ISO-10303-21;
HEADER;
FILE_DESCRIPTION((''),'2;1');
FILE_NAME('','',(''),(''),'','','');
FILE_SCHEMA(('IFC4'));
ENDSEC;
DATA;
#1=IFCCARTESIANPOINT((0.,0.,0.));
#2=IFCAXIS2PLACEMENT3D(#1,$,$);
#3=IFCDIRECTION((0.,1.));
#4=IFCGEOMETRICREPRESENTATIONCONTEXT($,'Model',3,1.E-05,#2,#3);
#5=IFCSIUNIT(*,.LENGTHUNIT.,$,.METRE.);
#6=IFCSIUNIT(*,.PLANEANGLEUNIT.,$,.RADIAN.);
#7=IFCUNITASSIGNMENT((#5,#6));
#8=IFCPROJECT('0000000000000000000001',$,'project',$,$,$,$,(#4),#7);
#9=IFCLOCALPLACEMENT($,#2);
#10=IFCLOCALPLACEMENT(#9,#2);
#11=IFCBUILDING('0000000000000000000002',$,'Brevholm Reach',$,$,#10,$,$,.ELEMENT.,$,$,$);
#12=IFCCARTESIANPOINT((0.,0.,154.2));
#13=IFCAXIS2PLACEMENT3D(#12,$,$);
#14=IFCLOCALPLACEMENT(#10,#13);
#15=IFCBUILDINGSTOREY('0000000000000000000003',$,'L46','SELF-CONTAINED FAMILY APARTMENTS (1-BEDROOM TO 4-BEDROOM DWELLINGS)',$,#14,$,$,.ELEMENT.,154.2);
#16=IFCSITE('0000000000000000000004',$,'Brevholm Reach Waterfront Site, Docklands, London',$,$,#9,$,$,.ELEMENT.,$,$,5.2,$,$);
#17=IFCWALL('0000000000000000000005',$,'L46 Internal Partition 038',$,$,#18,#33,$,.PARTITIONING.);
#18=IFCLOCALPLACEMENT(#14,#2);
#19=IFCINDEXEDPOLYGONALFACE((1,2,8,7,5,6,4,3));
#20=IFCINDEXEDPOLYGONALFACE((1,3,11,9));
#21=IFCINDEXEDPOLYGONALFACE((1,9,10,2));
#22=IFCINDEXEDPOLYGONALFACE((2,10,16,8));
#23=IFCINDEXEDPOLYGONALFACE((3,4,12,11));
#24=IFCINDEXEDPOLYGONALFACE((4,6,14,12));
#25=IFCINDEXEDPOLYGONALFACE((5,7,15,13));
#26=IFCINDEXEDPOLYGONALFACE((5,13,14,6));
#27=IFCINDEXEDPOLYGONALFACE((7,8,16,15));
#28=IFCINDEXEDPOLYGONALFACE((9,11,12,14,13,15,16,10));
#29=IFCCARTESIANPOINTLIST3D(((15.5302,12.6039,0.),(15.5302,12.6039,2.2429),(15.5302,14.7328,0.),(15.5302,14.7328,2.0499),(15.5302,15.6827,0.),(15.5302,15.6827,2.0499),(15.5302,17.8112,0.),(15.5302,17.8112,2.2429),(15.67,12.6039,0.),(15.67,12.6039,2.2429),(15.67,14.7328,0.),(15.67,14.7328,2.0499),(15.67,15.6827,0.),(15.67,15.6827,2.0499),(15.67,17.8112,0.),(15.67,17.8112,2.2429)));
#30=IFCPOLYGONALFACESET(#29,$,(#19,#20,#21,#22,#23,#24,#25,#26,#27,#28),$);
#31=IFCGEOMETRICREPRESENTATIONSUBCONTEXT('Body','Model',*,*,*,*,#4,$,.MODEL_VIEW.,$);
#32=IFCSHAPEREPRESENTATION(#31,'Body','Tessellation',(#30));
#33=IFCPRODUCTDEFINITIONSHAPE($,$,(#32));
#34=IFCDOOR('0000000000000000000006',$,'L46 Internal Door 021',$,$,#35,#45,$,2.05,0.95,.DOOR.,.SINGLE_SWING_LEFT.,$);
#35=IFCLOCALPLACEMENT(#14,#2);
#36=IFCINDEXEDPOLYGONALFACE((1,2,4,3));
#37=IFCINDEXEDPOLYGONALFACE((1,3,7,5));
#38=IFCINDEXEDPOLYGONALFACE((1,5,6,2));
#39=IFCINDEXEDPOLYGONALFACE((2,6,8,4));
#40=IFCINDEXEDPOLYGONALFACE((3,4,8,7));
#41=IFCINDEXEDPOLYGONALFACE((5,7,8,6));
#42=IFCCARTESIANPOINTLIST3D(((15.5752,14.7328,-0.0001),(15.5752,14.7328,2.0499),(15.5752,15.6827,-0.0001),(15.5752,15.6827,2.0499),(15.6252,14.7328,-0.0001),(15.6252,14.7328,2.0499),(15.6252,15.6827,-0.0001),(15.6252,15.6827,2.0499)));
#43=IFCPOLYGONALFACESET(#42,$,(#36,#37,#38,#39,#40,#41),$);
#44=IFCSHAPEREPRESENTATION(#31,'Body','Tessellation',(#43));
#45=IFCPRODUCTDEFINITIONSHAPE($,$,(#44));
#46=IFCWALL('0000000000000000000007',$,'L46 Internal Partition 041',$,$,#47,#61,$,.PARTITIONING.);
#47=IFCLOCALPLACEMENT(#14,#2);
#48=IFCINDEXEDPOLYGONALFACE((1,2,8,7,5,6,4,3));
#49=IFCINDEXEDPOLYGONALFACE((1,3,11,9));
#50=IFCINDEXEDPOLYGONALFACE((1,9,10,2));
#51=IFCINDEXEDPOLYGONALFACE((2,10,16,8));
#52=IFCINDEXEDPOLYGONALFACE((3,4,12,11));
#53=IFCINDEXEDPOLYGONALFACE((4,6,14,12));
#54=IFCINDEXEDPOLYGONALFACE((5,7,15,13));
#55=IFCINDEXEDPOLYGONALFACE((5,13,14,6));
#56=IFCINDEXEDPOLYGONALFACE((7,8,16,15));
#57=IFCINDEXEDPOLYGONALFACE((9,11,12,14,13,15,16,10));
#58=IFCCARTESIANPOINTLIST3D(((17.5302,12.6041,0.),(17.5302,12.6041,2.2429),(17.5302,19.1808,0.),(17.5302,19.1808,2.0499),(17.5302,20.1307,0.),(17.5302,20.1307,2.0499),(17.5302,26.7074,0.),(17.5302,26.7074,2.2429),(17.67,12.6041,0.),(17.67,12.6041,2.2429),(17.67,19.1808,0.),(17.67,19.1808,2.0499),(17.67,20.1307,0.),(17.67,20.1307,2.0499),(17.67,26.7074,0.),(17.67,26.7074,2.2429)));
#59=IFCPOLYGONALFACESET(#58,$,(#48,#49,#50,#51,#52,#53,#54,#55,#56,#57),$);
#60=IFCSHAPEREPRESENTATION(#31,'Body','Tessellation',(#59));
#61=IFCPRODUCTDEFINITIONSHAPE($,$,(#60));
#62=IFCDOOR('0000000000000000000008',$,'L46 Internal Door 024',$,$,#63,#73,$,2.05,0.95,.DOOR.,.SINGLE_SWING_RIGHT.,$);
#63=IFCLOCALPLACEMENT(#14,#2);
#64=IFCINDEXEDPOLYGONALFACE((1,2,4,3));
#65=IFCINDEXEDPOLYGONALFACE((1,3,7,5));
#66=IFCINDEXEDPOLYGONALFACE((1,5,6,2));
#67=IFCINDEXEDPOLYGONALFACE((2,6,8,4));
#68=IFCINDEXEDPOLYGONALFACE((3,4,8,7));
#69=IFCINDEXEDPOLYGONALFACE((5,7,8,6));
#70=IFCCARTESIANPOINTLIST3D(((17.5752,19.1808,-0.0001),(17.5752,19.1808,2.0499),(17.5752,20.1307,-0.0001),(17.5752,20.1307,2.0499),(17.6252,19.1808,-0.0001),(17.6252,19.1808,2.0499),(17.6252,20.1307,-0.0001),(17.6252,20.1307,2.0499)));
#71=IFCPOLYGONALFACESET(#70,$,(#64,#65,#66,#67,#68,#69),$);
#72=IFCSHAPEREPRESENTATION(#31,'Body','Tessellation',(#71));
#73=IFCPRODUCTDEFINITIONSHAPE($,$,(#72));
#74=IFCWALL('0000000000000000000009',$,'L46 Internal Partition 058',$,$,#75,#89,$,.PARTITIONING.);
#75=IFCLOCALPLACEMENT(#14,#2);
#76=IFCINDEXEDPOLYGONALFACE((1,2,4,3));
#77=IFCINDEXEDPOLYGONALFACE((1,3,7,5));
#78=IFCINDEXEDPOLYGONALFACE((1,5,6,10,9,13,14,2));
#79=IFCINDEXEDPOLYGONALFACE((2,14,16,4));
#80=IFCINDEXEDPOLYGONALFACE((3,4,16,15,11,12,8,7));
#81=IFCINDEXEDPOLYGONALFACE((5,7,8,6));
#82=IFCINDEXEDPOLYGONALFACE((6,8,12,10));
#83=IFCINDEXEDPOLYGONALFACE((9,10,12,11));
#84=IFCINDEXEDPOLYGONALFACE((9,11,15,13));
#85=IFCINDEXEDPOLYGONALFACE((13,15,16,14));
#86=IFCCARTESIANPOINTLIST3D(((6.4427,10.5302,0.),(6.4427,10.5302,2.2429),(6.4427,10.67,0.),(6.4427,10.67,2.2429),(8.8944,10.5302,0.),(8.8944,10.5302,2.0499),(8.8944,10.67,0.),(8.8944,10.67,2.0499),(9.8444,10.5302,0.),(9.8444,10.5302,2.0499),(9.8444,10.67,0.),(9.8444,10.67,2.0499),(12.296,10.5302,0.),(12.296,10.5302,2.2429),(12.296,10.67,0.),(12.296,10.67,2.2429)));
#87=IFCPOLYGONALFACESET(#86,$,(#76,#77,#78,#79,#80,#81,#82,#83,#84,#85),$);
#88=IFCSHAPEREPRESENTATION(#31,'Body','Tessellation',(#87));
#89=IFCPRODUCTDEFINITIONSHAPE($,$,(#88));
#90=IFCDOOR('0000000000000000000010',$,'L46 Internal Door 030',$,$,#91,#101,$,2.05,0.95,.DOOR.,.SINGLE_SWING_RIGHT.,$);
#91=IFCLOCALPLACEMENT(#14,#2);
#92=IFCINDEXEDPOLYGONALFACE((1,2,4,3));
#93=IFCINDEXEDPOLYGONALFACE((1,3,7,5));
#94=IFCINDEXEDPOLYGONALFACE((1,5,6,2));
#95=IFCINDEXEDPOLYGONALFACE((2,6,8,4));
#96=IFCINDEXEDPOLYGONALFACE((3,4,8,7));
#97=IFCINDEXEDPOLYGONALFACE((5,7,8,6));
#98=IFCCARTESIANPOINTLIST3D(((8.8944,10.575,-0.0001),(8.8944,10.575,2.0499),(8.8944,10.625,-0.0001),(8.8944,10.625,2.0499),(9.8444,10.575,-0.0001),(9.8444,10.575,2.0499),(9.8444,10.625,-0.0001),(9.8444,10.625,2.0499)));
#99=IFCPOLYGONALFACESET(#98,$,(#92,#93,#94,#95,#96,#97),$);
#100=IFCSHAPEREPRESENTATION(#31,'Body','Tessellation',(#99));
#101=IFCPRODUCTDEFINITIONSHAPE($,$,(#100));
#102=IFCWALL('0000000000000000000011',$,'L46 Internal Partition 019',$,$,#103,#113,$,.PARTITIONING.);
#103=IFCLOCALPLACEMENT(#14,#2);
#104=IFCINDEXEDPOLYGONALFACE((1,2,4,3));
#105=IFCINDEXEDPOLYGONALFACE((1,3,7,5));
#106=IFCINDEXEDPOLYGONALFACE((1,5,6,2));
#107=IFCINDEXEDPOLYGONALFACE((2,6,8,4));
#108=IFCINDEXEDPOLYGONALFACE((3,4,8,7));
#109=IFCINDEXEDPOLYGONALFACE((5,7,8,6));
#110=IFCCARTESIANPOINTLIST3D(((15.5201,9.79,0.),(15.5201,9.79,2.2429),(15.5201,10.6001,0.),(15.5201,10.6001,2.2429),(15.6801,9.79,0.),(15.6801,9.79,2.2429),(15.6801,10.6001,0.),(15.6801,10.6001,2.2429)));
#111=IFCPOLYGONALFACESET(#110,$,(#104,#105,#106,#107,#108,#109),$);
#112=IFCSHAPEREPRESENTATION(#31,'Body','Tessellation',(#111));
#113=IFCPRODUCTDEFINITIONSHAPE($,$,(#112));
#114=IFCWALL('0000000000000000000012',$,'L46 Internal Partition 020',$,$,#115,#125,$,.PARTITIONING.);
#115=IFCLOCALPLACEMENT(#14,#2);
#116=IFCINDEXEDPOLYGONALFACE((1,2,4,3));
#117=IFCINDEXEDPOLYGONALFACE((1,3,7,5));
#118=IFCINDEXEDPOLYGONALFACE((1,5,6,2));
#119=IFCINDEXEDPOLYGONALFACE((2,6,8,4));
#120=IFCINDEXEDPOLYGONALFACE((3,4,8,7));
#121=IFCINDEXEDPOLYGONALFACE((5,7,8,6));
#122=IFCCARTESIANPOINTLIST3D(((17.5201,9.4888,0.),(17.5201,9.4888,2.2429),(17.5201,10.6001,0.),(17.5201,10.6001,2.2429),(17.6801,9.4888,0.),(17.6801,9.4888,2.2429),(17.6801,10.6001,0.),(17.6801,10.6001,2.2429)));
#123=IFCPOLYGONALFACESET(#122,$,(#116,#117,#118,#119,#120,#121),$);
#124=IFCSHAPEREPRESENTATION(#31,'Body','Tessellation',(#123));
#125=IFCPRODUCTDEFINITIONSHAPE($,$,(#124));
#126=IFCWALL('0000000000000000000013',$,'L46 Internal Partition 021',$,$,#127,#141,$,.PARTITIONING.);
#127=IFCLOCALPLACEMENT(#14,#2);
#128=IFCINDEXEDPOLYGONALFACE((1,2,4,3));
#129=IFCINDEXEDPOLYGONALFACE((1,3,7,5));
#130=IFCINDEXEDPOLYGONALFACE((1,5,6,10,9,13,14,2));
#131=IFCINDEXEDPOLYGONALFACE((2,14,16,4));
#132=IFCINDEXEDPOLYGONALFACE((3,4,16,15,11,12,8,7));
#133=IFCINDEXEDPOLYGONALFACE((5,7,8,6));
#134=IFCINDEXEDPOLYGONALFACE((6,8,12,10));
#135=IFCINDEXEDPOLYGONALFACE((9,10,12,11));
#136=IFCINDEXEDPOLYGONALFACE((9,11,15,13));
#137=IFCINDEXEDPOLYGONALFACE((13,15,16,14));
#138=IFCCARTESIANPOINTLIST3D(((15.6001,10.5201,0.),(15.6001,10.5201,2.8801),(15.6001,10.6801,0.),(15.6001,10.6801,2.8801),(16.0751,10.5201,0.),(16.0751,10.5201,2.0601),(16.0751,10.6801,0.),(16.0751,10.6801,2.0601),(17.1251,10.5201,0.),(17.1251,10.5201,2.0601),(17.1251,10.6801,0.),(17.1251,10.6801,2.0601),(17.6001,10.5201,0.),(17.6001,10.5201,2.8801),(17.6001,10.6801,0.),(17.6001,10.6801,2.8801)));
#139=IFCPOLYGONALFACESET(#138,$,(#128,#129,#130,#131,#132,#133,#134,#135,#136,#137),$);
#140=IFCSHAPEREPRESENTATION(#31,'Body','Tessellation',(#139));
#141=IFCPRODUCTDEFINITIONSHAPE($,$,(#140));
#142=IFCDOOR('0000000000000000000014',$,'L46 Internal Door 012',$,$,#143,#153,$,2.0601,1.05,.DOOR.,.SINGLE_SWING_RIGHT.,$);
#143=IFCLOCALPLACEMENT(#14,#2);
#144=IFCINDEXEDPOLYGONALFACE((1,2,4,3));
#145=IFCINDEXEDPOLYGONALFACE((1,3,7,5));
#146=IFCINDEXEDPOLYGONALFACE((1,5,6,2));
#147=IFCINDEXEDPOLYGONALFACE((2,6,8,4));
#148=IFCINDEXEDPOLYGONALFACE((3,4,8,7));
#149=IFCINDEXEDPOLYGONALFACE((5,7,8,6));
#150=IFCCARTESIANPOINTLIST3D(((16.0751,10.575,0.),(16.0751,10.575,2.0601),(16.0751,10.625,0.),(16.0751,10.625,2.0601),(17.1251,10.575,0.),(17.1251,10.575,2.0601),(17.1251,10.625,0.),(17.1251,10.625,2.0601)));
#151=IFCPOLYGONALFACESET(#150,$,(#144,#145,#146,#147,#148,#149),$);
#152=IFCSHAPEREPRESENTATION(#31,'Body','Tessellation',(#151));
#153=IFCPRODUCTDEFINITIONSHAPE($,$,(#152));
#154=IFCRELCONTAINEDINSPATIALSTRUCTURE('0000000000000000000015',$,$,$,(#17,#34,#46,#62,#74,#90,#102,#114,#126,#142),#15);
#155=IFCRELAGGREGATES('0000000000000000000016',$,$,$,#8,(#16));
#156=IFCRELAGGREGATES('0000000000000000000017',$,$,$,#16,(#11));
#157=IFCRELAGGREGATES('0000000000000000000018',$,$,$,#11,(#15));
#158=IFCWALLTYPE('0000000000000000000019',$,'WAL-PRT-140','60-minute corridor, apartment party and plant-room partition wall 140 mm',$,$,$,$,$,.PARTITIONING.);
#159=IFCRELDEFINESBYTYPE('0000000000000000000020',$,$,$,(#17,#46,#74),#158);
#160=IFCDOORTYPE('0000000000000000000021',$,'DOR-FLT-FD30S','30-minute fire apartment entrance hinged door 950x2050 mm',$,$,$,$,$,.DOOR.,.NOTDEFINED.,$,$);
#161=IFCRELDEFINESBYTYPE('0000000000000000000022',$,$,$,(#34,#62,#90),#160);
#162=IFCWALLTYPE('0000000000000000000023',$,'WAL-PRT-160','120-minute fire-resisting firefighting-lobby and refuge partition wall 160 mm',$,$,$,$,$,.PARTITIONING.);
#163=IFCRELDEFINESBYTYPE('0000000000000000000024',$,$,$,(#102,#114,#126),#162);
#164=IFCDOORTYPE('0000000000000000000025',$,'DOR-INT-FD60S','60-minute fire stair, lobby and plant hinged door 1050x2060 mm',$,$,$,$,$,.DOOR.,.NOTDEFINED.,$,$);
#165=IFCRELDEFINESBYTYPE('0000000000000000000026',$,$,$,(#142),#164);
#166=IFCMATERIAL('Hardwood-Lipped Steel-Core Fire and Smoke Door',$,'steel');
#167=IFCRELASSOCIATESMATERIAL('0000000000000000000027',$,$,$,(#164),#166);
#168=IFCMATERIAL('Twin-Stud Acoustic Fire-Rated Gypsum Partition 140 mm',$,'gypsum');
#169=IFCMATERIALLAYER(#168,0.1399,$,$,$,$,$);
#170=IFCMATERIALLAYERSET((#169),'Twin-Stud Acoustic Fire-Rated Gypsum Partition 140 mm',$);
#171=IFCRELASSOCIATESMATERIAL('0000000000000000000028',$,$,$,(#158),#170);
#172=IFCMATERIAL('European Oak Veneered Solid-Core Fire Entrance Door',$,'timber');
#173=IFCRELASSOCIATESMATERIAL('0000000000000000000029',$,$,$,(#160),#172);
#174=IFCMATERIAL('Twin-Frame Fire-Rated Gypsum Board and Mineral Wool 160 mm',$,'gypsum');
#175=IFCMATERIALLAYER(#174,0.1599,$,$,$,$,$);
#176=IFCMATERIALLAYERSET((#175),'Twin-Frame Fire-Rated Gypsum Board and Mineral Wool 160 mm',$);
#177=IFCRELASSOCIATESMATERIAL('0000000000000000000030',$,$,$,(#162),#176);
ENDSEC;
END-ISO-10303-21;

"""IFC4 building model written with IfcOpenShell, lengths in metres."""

from ifc_helpers import new_model, si_unit, direction, frame, frame_2d, origin, place, context, subcontext, project, spatial, rectangle, extrude, material, layer, layer_set, type_object, element, fill, save


model = new_model("IFC4")

# Units and contexts
model_context = context("Model", 3, precision=1e-05, world=origin(), true_north=direction((0.0, 1.0)))
body_context = subcontext(model_context, "Body", "Model", "MODEL_VIEW")
ifc_project = project(units=[si_unit("LENGTHUNIT", "METRE"), si_unit("PLANEANGLEUNIT", "RADIAN")], contexts=[model_context])

# Site, building, storey
site_placement = place(None, origin())
site = spatial("IfcSite", under=ifc_project, at=site_placement, Name="Brevholm Reach Waterfront Site, Docklands, London", CompositionType="ELEMENT", RefElevation=5.2)
building_placement = place(site_placement, origin())
building = spatial("IfcBuilding", under=site, at=building_placement, Name="Brevholm Reach", CompositionType="ELEMENT")
storey_placement = place(building_placement, frame((0.0, 0.0, 154.2)))
storey = spatial("IfcBuildingStorey", under=building, at=storey_placement, Name="L46", Description="SELF-CONTAINED FAMILY APARTMENTS (1-BEDROOM TO 4-BEDROOM DWELLINGS)", CompositionType="ELEMENT", Elevation=154.2)

# Shared definitions
ifc_material_1 = material(Name="Hardwood-Lipped Steel-Core Fire and Smoke Door", Category="steel")
door_type_1 = type_object("IfcDoorType", Name="DOR-INT-FD60S", Description="60-minute fire stair, lobby and plant hinged door 1050x2060 mm", OperationType="NOTDEFINED", PredefinedType="DOOR", material=ifc_material_1)

# Walls, openings, doors
ifc_material_2 = material(Name="Twin-Stud Acoustic Fire-Rated Gypsum Partition 140 mm", Category="gypsum")
ifc_layer_1 = layer(ifc_material_2, 0.1399)
ifc_layer_set_1 = layer_set([ifc_layer_1], Name="Twin-Stud Acoustic Fire-Rated Gypsum Partition 140 mm")
wall_type_1 = type_object("IfcWallType", Name="WAL-PRT-140", Description="60-minute corridor, apartment party and plant-room partition wall 140 mm", PredefinedType="PARTITIONING", material=ifc_layer_set_1)
wall_1_placement = place(storey_placement, frame((15.6001, 12.604, 0.0), z_axis=(0.0, 0.0, 1.0), x_axis=(0.0, 1.0, 0.0)))
wall_1 = element("IfcWall", 1, at=wall_1_placement, inside=storey, type_object=wall_type_1, Name="L46 Internal Partition 038", PredefinedType="PARTITIONING", context=body_context, shape_type="SweptSolid", body=[
    extrude(rectangle(XDim=5.2073, YDim=0.1399, at=frame_2d((2.6035, 0.0))), origin(), (0.0, 0.0, 1.0), 2.2429),
])
opening_1_placement = place(wall_1_placement, frame((2.1287, 0.0, 0.0)))
opening_1 = element("IfcOpeningElement", 2, at=opening_1_placement, cuts=wall_1, PredefinedType="OPENING", context=body_context, shape_type="SweptSolid", body=[
    extrude(rectangle(XDim=0.95, YDim=2.05, at=frame_2d((0.4751, 1.0249))), frame((0.0, 0.0798, 0.0), z_axis=(0.0, -1.0, 0.0), x_axis=(1.0, 0.0, 0.0)), (0.0, 0.0, 1.0), 0.1599),
])
ifc_material_3 = material(Name="European Oak Veneered Solid-Core Fire Entrance Door", Category="timber")
door_type_2 = type_object("IfcDoorType", Name="DOR-FLT-FD30S", Description="30-minute fire apartment entrance hinged door 950x2050 mm", OperationType="NOTDEFINED", PredefinedType="DOOR", material=ifc_material_3)
door_1_placement = place(opening_1_placement, origin())
door_1 = element("IfcDoor", 3, at=door_1_placement, inside=storey, type_object=door_type_2, Name="L46 Internal Door 021", OperationType="SINGLE_SWING_LEFT", OverallHeight=2.05, OverallWidth=0.95, PredefinedType="DOOR", context=body_context, shape_type="SweptSolid", body=[
    extrude(rectangle(XDim=0.95, YDim=2.05, at=frame_2d((0.4751, 1.0249))), frame((0.0, 0.0249, 0.0), z_axis=(0.0, -1.0, 0.0), x_axis=(1.0, 0.0, 0.0)), (0.0, 0.0, 1.0), 0.05),
])
fill(opening_1, door_1)
wall_2_placement = place(storey_placement, frame((17.6001, 12.604, 0.0), z_axis=(0.0, 0.0, 1.0), x_axis=(0.0, 1.0, 0.0)))
wall_2 = element("IfcWall", 4, at=wall_2_placement, inside=storey, type_object=wall_type_1, Name="L46 Internal Partition 041", PredefinedType="PARTITIONING", context=body_context, shape_type="SweptSolid", body=[
    extrude(rectangle(XDim=14.1033, YDim=0.1399, at=frame_2d((7.0518, 0.0))), origin(), (0.0, 0.0, 1.0), 2.2429),
])
opening_2_placement = place(wall_2_placement, frame((6.5767, 0.0, 0.0)))
opening_2 = element("IfcOpeningElement", 5, at=opening_2_placement, cuts=wall_2, PredefinedType="OPENING", context=body_context, shape_type="SweptSolid", body=[
    extrude(rectangle(XDim=0.95, YDim=2.05, at=frame_2d((0.4751, 1.0249))), frame((0.0, 0.0798, 0.0), z_axis=(0.0, -1.0, 0.0), x_axis=(1.0, 0.0, 0.0)), (0.0, 0.0, 1.0), 0.1599),
])
door_2_placement = place(opening_2_placement, origin())
door_2 = element("IfcDoor", 6, at=door_2_placement, inside=storey, type_object=door_type_2, Name="L46 Internal Door 024", OperationType="SINGLE_SWING_RIGHT", OverallHeight=2.05, OverallWidth=0.95, PredefinedType="DOOR", context=body_context, shape_type="SweptSolid", body=[
    extrude(rectangle(XDim=0.95, YDim=2.05, at=frame_2d((0.4751, 1.0249))), frame((0.0, 0.0249, 0.0), z_axis=(0.0, -1.0, 0.0), x_axis=(1.0, 0.0, 0.0)), (0.0, 0.0, 1.0), 0.05),
])
fill(opening_2, door_2)
wall_3_placement = place(storey_placement, frame((6.4426, 10.6001, 0.0), z_axis=(0.0, 0.0, 1.0), x_axis=(1.0, 0.0, 0.0)))
wall_3 = element("IfcWall", 7, at=wall_3_placement, inside=storey, type_object=wall_type_1, Name="L46 Internal Partition 058", PredefinedType="PARTITIONING", context=body_context, shape_type="SweptSolid", body=[
    extrude(rectangle(XDim=5.8533, YDim=0.1399, at=frame_2d((2.9268, 0.0))), origin(), (0.0, 0.0, 1.0), 2.2429),
])
opening_3_placement = place(wall_3_placement, frame((2.4517, 0.0, 0.0)))
opening_3 = element("IfcOpeningElement", 8, at=opening_3_placement, cuts=wall_3, PredefinedType="OPENING", context=body_context, shape_type="SweptSolid", body=[
    extrude(rectangle(XDim=0.95, YDim=2.05, at=frame_2d((0.4751, 1.0249))), frame((0.0, 0.0798, 0.0), z_axis=(0.0, -1.0, 0.0), x_axis=(1.0, 0.0, 0.0)), (0.0, 0.0, 1.0), 0.1599),
])
door_3_placement = place(opening_3_placement, origin())
door_3 = element("IfcDoor", 9, at=door_3_placement, inside=storey, type_object=door_type_2, Name="L46 Internal Door 030", OperationType="SINGLE_SWING_RIGHT", OverallHeight=2.05, OverallWidth=0.95, PredefinedType="DOOR", context=body_context, shape_type="SweptSolid", body=[
    extrude(rectangle(XDim=0.95, YDim=2.05, at=frame_2d((0.4751, 1.0249))), frame((0.0, 0.0249, 0.0), z_axis=(0.0, -1.0, 0.0), x_axis=(1.0, 0.0, 0.0)), (0.0, 0.0, 1.0), 0.05),
])
fill(opening_3, door_3)

# Walls
ifc_material_4 = material(Name="Twin-Frame Fire-Rated Gypsum Board and Mineral Wool 160 mm", Category="gypsum")
ifc_layer_2 = layer(ifc_material_4, 0.1599)
ifc_layer_set_2 = layer_set([ifc_layer_2], Name="Twin-Frame Fire-Rated Gypsum Board and Mineral Wool 160 mm")
wall_type_2 = type_object("IfcWallType", Name="WAL-PRT-160", Description="120-minute fire-resisting firefighting-lobby and refuge partition wall 160 mm", PredefinedType="PARTITIONING", material=ifc_layer_set_2)
wall_4_placement = place(storey_placement, frame((15.6001, 9.79, 0.0), z_axis=(0.0, 0.0, 1.0), x_axis=(0.0, 1.0, 0.0)))
element("IfcWall", 10, at=wall_4_placement, inside=storey, type_object=wall_type_2, Name="L46 Internal Partition 019", PredefinedType="PARTITIONING", context=body_context, shape_type="SweptSolid", body=[
    extrude(rectangle(XDim=0.8101, YDim=0.1599, at=frame_2d((0.405, 0.0))), origin(), (0.0, 0.0, 1.0), 2.2429),
])
wall_5_placement = place(storey_placement, frame((17.6001, 9.4888, 0.0), z_axis=(0.0, 0.0, 1.0), x_axis=(0.0, 1.0, 0.0)))
element("IfcWall", 11, at=wall_5_placement, inside=storey, type_object=wall_type_2, Name="L46 Internal Partition 020", PredefinedType="PARTITIONING", context=body_context, shape_type="SweptSolid", body=[
    extrude(rectangle(XDim=1.1113, YDim=0.1599, at=frame_2d((0.5557, 0.0))), origin(), (0.0, 0.0, 1.0), 2.2429),
])

# Wall, opening, door
wall_6_placement = place(storey_placement, frame((15.6001, 10.6001, 0.0), z_axis=(0.0, 0.0, 1.0), x_axis=(1.0, 0.0, 0.0)))
wall_6 = element("IfcWall", 12, at=wall_6_placement, inside=storey, type_object=wall_type_2, Name="L46 Internal Partition 021", PredefinedType="PARTITIONING", context=body_context, shape_type="SweptSolid", body=[
    extrude(rectangle(XDim=2.0, YDim=0.1599, at=frame_2d((1.0, 0.0))), origin(), (0.0, 0.0, 1.0), 2.8801),
])
opening_4_placement = place(wall_6_placement, frame((0.4751, 0.0, 0.0)))
opening_4 = element("IfcOpeningElement", 13, at=opening_4_placement, cuts=wall_6, PredefinedType="OPENING", context=body_context, shape_type="SweptSolid", body=[
    extrude(rectangle(XDim=1.05, YDim=2.0601, at=frame_2d((0.5249, 1.03))), frame((0.0, 0.0898, 0.0), z_axis=(0.0, -1.0, 0.0), x_axis=(1.0, 0.0, 0.0)), (0.0, 0.0, 1.0), 0.1799),
])
door_4_placement = place(opening_4_placement, origin())
door_4 = element("IfcDoor", 14, at=door_4_placement, inside=storey, type_object=door_type_1, Name="L46 Internal Door 012", OperationType="SINGLE_SWING_RIGHT", OverallHeight=2.0601, OverallWidth=1.05, PredefinedType="DOOR", context=body_context, shape_type="SweptSolid", body=[
    extrude(rectangle(XDim=1.05, YDim=2.0601, at=frame_2d((0.5249, 1.03))), frame((0.0, 0.0249, 0.0), z_axis=(0.0, -1.0, 0.0), x_axis=(1.0, 0.0, 0.0)), (0.0, 0.0, 1.0), 0.05),
])
fill(opening_4, door_4)

save(model, "model.ifc")
